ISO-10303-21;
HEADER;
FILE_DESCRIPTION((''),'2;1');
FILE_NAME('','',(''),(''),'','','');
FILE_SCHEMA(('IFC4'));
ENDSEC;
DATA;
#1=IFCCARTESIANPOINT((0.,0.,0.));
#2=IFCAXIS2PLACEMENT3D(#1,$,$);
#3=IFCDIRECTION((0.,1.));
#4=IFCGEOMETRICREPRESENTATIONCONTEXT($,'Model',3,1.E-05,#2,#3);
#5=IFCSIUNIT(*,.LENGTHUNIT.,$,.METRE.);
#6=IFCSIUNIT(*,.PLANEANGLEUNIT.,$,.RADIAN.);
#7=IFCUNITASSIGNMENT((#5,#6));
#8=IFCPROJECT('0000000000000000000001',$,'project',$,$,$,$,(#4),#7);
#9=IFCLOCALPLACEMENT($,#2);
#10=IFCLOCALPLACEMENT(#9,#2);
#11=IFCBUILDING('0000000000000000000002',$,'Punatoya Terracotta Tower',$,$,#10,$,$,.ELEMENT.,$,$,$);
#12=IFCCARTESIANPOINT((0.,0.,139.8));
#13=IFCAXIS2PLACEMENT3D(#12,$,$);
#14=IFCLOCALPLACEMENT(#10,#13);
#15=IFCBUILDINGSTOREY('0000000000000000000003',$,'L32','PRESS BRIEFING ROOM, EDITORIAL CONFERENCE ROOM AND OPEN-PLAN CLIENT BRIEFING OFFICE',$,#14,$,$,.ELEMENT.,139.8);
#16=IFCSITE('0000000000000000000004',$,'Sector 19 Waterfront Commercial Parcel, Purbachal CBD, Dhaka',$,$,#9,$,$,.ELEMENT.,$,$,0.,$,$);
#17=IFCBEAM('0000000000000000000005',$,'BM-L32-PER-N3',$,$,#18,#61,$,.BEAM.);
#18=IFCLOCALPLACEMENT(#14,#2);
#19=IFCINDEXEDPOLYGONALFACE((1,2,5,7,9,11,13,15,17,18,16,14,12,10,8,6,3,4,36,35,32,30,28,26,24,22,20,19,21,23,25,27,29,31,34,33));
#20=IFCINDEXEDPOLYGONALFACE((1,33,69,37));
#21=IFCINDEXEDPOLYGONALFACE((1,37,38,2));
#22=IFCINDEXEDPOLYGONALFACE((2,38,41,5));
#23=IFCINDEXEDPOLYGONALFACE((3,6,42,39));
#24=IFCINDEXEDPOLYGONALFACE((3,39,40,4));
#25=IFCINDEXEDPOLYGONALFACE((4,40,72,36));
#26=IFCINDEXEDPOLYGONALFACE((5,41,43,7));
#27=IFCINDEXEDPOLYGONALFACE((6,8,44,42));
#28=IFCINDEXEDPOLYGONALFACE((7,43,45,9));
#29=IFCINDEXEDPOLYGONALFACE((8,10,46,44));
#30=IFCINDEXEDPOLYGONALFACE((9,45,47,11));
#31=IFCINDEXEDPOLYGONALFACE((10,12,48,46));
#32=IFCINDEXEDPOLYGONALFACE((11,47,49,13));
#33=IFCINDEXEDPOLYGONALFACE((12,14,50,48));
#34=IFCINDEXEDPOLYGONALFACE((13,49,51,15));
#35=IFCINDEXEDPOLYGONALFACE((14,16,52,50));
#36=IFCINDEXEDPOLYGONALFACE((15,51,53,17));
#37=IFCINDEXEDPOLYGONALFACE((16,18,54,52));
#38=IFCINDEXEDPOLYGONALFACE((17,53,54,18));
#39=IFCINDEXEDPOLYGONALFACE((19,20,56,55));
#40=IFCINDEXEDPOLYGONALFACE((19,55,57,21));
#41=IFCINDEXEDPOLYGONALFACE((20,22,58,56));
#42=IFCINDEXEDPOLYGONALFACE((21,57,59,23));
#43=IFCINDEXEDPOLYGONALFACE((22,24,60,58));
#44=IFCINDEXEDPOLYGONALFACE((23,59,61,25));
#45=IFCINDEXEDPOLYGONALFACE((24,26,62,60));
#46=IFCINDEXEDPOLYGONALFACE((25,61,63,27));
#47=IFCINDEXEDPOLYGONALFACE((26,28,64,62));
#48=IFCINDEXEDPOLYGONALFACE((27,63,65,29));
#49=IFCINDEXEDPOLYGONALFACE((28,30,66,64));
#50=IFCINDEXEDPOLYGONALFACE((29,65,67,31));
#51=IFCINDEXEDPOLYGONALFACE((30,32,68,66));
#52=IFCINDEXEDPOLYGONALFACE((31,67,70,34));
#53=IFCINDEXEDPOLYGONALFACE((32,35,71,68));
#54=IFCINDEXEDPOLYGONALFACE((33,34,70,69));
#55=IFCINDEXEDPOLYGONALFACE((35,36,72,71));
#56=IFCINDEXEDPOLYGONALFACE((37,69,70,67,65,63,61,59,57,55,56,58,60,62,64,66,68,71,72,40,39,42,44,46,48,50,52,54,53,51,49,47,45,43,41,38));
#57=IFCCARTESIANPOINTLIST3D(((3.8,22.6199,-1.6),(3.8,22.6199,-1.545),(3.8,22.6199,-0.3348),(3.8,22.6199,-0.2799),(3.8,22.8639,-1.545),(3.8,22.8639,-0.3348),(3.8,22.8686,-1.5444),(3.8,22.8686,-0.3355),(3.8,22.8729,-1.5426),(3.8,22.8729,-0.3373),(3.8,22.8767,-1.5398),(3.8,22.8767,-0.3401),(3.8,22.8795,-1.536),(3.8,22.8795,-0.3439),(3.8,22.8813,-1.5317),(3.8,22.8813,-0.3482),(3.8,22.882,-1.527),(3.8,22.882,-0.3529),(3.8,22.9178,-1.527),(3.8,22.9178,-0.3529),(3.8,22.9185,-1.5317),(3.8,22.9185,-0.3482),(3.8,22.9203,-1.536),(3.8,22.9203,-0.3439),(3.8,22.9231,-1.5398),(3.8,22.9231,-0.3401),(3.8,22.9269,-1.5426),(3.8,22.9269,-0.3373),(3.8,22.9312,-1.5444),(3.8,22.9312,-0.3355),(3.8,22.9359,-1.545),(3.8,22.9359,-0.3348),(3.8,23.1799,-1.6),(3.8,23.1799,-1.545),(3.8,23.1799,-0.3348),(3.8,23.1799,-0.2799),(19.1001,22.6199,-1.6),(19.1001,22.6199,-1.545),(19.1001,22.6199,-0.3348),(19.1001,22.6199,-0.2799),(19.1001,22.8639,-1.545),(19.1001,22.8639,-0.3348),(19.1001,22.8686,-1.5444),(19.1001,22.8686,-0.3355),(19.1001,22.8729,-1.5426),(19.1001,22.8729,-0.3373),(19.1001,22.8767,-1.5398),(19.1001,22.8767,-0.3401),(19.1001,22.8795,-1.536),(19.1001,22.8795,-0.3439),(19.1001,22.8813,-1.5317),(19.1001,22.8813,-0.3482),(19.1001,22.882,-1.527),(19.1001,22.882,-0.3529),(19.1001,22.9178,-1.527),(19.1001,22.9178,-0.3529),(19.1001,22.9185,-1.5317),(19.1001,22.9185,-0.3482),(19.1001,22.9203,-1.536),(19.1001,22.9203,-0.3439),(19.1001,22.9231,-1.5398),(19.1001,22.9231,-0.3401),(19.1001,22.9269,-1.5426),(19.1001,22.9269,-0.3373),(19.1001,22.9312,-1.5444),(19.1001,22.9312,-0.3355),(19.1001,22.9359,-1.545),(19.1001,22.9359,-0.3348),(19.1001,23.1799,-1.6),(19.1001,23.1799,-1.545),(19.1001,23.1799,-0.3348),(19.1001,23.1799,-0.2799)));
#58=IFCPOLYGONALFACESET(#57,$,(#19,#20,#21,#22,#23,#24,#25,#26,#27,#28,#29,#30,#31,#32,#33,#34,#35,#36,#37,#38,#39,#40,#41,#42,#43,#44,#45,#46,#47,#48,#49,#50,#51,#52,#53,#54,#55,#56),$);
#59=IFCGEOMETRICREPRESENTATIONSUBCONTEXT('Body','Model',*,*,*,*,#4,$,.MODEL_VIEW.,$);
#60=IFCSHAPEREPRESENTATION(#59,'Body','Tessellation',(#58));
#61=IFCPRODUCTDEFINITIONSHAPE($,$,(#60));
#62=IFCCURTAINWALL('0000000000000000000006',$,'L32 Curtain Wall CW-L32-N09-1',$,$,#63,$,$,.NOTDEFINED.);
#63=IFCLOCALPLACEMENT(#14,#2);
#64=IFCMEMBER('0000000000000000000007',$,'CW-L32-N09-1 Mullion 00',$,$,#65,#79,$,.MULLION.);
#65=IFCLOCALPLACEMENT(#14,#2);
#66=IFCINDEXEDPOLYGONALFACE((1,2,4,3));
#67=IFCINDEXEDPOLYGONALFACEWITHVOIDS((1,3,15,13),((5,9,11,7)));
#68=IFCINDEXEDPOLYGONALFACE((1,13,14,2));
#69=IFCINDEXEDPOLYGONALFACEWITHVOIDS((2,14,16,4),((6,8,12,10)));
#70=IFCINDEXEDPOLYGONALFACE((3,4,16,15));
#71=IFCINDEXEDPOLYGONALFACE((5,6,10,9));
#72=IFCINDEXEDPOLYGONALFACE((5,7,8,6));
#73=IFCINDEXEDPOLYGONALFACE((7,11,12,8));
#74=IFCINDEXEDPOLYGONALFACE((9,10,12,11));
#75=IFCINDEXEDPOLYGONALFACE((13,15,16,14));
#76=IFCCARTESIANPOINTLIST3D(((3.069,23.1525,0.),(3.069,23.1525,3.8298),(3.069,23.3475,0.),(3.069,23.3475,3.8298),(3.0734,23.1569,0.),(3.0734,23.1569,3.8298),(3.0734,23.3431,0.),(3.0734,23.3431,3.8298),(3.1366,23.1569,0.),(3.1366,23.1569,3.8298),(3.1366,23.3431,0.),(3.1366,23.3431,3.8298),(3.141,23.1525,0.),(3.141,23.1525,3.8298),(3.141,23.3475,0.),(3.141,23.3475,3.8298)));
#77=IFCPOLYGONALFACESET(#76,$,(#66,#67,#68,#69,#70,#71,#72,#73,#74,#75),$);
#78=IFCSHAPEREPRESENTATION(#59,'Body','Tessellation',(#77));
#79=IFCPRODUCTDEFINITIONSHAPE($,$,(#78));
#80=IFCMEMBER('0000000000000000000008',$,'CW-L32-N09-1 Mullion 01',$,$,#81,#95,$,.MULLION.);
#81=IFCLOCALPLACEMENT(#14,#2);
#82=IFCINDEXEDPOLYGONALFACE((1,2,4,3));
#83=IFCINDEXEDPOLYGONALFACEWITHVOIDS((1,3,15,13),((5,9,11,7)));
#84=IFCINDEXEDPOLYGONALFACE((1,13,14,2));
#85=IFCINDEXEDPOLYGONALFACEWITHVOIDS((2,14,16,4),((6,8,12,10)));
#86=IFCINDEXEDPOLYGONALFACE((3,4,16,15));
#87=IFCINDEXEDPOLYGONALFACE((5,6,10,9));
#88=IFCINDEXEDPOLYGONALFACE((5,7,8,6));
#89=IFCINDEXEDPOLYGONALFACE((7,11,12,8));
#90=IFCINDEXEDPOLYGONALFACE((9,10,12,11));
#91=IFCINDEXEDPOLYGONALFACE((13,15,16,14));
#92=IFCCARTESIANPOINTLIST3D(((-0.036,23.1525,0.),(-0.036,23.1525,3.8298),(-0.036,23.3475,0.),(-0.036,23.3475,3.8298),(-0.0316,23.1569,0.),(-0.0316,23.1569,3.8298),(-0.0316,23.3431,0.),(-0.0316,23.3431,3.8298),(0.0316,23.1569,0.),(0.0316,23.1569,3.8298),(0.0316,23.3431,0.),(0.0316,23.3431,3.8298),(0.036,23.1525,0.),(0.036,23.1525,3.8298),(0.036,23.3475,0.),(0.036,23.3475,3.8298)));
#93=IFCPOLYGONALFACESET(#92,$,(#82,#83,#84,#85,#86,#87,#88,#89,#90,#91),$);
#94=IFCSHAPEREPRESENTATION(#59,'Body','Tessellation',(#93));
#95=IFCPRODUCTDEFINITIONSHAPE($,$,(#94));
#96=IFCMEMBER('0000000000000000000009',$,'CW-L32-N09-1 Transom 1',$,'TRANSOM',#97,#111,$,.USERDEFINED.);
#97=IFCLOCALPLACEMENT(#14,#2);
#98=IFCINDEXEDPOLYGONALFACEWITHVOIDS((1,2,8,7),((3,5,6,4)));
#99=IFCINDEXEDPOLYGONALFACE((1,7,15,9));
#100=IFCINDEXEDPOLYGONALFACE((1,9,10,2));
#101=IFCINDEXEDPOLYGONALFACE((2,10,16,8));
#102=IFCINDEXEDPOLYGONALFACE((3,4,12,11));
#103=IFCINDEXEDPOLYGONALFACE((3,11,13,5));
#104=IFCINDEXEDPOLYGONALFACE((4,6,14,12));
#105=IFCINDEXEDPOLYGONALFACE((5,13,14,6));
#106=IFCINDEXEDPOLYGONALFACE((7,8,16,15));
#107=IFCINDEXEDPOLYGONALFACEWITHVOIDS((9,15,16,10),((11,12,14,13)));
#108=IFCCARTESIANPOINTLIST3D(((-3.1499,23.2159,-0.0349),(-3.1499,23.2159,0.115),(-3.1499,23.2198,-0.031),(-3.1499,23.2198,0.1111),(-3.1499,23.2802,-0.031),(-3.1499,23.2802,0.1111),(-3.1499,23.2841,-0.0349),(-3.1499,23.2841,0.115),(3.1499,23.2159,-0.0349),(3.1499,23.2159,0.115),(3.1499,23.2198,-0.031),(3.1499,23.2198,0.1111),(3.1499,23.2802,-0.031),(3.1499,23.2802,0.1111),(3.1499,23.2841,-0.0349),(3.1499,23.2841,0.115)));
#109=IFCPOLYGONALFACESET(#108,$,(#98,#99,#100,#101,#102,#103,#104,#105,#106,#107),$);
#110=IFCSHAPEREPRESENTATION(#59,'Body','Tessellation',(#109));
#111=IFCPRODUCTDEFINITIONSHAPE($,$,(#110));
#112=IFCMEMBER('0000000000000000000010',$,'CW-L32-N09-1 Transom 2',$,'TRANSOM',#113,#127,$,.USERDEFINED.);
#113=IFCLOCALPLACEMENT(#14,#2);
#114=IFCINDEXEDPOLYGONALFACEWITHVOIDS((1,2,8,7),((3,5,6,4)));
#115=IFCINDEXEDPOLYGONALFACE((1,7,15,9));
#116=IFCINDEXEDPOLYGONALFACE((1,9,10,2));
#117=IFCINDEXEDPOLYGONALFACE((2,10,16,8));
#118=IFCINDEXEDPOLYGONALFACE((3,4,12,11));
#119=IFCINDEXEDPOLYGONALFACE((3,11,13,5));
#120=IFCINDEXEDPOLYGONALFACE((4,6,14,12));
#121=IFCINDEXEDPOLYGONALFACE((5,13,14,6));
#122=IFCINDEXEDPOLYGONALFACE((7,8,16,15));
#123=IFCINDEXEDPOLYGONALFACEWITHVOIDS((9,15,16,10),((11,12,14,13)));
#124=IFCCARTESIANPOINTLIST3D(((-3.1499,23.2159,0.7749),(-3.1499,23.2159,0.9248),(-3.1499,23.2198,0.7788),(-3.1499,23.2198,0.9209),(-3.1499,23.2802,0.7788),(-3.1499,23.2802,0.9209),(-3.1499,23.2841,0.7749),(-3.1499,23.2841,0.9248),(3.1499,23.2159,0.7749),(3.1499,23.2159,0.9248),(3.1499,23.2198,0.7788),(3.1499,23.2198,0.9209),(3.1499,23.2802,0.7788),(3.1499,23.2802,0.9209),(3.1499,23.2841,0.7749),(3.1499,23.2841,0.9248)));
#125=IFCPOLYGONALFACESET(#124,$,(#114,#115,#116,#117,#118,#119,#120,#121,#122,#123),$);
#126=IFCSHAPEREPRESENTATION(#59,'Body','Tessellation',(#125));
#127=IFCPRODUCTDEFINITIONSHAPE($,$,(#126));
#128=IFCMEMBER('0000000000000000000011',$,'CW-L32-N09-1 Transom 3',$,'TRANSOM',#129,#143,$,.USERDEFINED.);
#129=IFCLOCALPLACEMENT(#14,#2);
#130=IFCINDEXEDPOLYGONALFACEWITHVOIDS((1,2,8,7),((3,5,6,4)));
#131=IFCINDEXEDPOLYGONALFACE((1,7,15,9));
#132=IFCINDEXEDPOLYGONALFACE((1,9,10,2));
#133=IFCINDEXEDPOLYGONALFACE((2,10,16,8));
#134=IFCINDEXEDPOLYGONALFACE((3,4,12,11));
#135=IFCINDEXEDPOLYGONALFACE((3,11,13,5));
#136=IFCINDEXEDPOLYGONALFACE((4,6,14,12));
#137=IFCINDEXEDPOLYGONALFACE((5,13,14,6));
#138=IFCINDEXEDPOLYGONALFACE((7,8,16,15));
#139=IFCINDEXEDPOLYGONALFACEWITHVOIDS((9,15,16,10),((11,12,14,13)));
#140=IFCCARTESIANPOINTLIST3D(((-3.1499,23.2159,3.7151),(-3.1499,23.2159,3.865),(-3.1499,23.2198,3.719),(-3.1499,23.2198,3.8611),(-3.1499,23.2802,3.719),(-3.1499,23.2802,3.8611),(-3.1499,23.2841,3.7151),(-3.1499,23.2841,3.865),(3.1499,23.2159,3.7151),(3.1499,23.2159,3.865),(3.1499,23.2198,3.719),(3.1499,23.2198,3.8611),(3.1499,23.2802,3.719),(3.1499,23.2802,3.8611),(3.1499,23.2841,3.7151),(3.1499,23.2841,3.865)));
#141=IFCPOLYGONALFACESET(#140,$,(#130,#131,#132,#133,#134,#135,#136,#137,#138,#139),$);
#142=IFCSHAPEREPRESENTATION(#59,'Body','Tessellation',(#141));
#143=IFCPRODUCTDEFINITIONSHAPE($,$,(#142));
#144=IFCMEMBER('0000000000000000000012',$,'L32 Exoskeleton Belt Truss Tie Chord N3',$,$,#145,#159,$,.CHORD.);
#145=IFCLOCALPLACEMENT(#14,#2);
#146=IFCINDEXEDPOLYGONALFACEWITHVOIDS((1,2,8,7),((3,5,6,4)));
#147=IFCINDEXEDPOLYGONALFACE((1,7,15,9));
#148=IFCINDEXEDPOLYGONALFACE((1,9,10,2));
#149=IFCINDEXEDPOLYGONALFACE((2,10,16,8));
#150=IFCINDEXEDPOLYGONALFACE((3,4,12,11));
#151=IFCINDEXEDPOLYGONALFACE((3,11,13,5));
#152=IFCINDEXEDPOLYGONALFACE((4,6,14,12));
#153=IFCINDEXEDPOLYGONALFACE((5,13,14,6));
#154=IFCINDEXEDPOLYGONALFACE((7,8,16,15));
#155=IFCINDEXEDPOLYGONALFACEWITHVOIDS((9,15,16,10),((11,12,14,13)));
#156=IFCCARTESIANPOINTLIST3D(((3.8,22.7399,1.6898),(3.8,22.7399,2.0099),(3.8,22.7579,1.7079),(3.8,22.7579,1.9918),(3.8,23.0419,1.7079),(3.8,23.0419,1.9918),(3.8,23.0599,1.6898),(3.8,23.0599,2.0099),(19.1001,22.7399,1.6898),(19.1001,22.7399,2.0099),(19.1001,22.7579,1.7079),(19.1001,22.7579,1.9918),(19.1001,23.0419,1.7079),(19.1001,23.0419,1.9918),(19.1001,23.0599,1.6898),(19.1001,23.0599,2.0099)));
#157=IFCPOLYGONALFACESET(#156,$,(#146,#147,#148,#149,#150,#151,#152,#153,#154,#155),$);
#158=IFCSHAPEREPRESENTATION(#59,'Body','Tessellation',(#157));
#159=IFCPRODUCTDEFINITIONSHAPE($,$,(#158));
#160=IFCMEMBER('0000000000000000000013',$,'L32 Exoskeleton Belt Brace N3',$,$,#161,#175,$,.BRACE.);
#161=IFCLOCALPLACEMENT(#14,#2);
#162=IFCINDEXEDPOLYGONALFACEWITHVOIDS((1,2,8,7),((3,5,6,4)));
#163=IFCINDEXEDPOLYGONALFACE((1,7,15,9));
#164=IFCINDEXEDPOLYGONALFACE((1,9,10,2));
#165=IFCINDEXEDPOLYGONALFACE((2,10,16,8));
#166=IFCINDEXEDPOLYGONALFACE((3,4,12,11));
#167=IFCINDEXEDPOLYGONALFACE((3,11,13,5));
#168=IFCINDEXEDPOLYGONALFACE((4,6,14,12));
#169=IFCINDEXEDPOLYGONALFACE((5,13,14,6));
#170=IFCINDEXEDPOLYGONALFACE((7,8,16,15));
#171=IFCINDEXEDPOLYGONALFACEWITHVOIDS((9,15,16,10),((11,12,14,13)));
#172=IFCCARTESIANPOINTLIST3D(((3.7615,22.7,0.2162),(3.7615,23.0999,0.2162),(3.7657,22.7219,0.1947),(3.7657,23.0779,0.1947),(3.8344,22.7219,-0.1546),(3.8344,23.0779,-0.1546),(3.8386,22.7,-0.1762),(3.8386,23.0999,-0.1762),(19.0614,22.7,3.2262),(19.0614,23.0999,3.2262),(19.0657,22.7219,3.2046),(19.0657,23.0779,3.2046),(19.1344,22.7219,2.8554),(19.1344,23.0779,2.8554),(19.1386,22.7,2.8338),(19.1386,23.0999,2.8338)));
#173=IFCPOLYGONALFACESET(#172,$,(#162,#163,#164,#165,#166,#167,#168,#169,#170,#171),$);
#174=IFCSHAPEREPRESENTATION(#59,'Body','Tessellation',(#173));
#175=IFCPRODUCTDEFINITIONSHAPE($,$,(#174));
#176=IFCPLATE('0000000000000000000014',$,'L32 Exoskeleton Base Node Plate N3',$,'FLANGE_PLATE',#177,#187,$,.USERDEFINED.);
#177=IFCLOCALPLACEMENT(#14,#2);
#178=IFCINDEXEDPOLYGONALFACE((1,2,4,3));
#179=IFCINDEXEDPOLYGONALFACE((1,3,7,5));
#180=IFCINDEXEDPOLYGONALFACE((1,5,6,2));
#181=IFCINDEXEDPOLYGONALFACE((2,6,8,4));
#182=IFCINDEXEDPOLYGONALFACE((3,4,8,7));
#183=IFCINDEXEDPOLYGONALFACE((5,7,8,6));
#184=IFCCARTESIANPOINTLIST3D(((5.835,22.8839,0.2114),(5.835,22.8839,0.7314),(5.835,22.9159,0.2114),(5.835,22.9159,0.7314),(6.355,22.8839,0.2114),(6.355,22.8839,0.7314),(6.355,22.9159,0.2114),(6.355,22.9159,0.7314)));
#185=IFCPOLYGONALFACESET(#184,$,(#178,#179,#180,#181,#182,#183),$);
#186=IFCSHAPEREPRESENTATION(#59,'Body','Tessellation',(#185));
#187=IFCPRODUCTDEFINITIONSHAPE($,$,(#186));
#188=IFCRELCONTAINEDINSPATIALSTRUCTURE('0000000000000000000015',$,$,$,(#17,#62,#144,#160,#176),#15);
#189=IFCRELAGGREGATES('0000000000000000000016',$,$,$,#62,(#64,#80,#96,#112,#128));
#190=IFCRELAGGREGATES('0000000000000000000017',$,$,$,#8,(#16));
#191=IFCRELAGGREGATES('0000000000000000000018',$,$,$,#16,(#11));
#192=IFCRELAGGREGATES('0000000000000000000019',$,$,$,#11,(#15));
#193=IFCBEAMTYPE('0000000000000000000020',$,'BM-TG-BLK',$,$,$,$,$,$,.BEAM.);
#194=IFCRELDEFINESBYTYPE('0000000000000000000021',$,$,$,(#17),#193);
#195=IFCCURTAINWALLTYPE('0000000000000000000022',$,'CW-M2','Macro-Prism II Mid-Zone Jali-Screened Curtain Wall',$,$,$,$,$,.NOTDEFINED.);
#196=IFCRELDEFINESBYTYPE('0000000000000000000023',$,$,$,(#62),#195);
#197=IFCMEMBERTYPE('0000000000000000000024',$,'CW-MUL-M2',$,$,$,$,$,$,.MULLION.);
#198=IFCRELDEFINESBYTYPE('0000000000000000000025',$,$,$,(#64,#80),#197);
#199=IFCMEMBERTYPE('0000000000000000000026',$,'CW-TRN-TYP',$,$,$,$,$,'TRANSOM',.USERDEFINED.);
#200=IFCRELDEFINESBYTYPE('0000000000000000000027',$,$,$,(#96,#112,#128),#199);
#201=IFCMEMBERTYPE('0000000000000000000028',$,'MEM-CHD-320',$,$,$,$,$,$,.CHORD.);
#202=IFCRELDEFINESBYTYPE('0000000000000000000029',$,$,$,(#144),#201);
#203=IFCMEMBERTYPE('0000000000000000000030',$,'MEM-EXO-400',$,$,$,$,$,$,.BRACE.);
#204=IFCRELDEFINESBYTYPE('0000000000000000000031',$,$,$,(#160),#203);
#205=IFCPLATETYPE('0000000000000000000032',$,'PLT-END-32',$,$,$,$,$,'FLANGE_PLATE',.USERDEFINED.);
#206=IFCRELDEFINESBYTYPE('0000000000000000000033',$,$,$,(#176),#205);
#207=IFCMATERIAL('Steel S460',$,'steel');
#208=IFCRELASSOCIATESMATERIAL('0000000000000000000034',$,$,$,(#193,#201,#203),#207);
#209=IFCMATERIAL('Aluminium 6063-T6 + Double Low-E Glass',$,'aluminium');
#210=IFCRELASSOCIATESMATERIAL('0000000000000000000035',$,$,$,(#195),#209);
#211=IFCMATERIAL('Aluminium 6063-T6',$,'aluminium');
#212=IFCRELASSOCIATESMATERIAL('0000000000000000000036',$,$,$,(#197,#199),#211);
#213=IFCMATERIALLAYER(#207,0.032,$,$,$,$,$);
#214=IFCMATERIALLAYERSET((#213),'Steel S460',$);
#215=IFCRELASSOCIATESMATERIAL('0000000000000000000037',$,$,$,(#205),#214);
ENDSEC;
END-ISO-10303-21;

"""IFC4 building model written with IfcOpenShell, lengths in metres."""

from ifc_helpers import new_model, si_unit, direction, frame, origin, origin_2d, place, context, subcontext, project, spatial, rectangle, hollow_rectangle, i_section, extrude, material, layer, layer_set, material_profile, profile_set, type_object, element, aggregate, save


model = new_model("IFC4")

# Units and contexts
model_context = context("Model", 3, precision=1e-05, world=origin(), true_north=direction((0.0, 1.0)))
body_context = subcontext(model_context, "Body", "Model", "MODEL_VIEW")
ifc_project = project(units=[si_unit("LENGTHUNIT", "METRE"), si_unit("PLANEANGLEUNIT", "RADIAN")], contexts=[model_context])

# Site, building, storey
site_placement = place(None, origin())
site = spatial("IfcSite", under=ifc_project, at=site_placement, Name="Sector 19 Waterfront Commercial Parcel, Purbachal CBD, Dhaka", CompositionType="ELEMENT", RefElevation=0.0)
building_placement = place(site_placement, origin())
building = spatial("IfcBuilding", under=site, at=building_placement, Name="Punatoya Terracotta Tower", CompositionType="ELEMENT")
storey_placement = place(building_placement, frame((0.0, 0.0, 139.8)))
storey = spatial("IfcBuildingStorey", under=building, at=storey_placement, Name="L32", Description="PRESS BRIEFING ROOM, EDITORIAL CONFERENCE ROOM AND OPEN-PLAN CLIENT BRIEFING OFFICE", CompositionType="ELEMENT", Elevation=139.8)

# Shared definitions
ifc_material_1 = material(Name="Steel S460", Category="steel")

# Beam
ifc_material_profile_1 = material_profile(ifc_material_1, i_section(OverallWidth=0.5601, OverallDepth=1.3201, WebThickness=0.0359, FlangeThickness=0.0549, FilletRadius=0.0181, at=origin_2d()))
ifc_profile_set_1 = profile_set([ifc_material_profile_1], Name="Steel S460")
beam_type = type_object("IfcBeamType", Name="BM-TG-BLK", PredefinedType="BEAM", material=ifc_profile_set_1)
beam_1_placement = place(storey_placement, frame((3.8, 22.8999, -0.9399), z_axis=(1.0, 0.0, 0.0), x_axis=(0.0, 1.0, 0.0)))
element("IfcBeam", 1, at=beam_1_placement, inside=storey, type_object=beam_type, Name="BM-L32-PER-N3", PredefinedType="BEAM", context=body_context, shape_type="SweptSolid", body=[
    extrude(i_section(OverallWidth=0.5601, OverallDepth=1.3201, WebThickness=0.0359, FlangeThickness=0.0549, FilletRadius=0.0181, at=origin_2d()), origin(), (0.0, 0.0, 1.0), 15.3),
])

# Curtain wall, members
ifc_material_2 = material(Name="Aluminium 6063-T6 + Double Low-E Glass", Category="aluminium")
curtain_wall_type = type_object("IfcCurtainWallType", Name="CW-M2", Description="Macro-Prism II Mid-Zone Jali-Screened Curtain Wall", PredefinedType="NOTDEFINED", material=ifc_material_2)
curtain_wall_placement = place(storey_placement, origin())
curtain_wall = element("IfcCurtainWall", 2, at=curtain_wall_placement, inside=storey, type_object=curtain_wall_type, Name="L32 Curtain Wall CW-L32-N09-1", PredefinedType="NOTDEFINED")
ifc_material_3 = material(Name="Aluminium 6063-T6", Category="aluminium")
ifc_material_profile_2 = material_profile(ifc_material_3, hollow_rectangle(XDim=0.072, YDim=0.1951, WallThickness=0.0044, at=origin_2d()))
ifc_profile_set_2 = profile_set([ifc_material_profile_2], Name="Aluminium 6063-T6")
member_type_1 = type_object("IfcMemberType", Name="CW-MUL-M2", PredefinedType="MULLION", material=ifc_profile_set_2)
member_1_placement = place(storey_placement, frame((3.105, 23.25, 0.0), z_axis=(0.0, 0.0, 1.0), x_axis=(1.0, 0.0, 0.0)))
member_1 = element("IfcMember", 3, at=member_1_placement, type_object=member_type_1, Name="CW-L32-N09-1 Mullion 00", PredefinedType="MULLION", context=body_context, shape_type="SweptSolid", body=[
    extrude(hollow_rectangle(XDim=0.072, YDim=0.1951, WallThickness=0.0044, at=origin_2d()), origin(), (0.0, 0.0, 1.0), 3.8298),
])
member_2_placement = place(storey_placement, frame((0.0, 23.25, 0.0), z_axis=(0.0, 0.0, 1.0), x_axis=(1.0, 0.0, 0.0)))
member_2 = element("IfcMember", 4, at=member_2_placement, type_object=member_type_1, Name="CW-L32-N09-1 Mullion 01", PredefinedType="MULLION", context=body_context, shape_type="SweptSolid", body=[
    extrude(hollow_rectangle(XDim=0.072, YDim=0.1951, WallThickness=0.0044, at=origin_2d()), origin(), (0.0, 0.0, 1.0), 3.8298),
])
ifc_material_profile_3 = material_profile(ifc_material_3, hollow_rectangle(XDim=0.0681, YDim=0.1499, WallThickness=0.0039, at=origin_2d()))
ifc_profile_set_3 = profile_set([ifc_material_profile_3], Name="Aluminium 6063-T6")
member_type_2 = type_object("IfcMemberType", Name="CW-TRN-TYP", ElementType="TRANSOM", PredefinedType="USERDEFINED", material=ifc_profile_set_3)
member_3_placement = place(storey_placement, frame((3.1499, 23.25, 0.04), z_axis=(-1.0, 0.0, 0.0), x_axis=(0.0, -1.0, 0.0)))
member_3 = element("IfcMember", 5, at=member_3_placement, type_object=member_type_2, Name="CW-L32-N09-1 Transom 1", ObjectType="TRANSOM", PredefinedType="USERDEFINED", context=body_context, shape_type="SweptSolid", body=[
    extrude(hollow_rectangle(XDim=0.0681, YDim=0.1499, WallThickness=0.0039, at=origin_2d()), origin(), (0.0, 0.0, 1.0), 6.2998),
])
member_4_placement = place(storey_placement, frame((3.1499, 23.25, 0.8499), z_axis=(-1.0, 0.0, 0.0), x_axis=(0.0, -1.0, 0.0)))
member_4 = element("IfcMember", 6, at=member_4_placement, type_object=member_type_2, Name="CW-L32-N09-1 Transom 2", ObjectType="TRANSOM", PredefinedType="USERDEFINED", context=body_context, shape_type="SweptSolid", body=[
    extrude(hollow_rectangle(XDim=0.0681, YDim=0.1499, WallThickness=0.0039, at=origin_2d()), origin(), (0.0, 0.0, 1.0), 6.2998),
])
member_5_placement = place(storey_placement, frame((3.1499, 23.25, 3.79), z_axis=(-1.0, 0.0, 0.0), x_axis=(0.0, -1.0, 0.0)))
member_5 = element("IfcMember", 7, at=member_5_placement, type_object=member_type_2, Name="CW-L32-N09-1 Transom 3", ObjectType="TRANSOM", PredefinedType="USERDEFINED", context=body_context, shape_type="SweptSolid", body=[
    extrude(hollow_rectangle(XDim=0.0681, YDim=0.1499, WallThickness=0.0039, at=origin_2d()), origin(), (0.0, 0.0, 1.0), 6.2998),
])

# Members
ifc_material_profile_4 = material_profile(ifc_material_1, hollow_rectangle(XDim=0.3201, YDim=0.3201, WallThickness=0.0181, at=origin_2d()))
ifc_profile_set_4 = profile_set([ifc_material_profile_4], Name="Steel S460")
member_type_3 = type_object("IfcMemberType", Name="MEM-CHD-320", PredefinedType="CHORD", material=ifc_profile_set_4)
member_6_placement = place(storey_placement, frame((3.8, 22.8999, 1.8499), z_axis=(1.0, 0.0, 0.0), x_axis=(0.0, 1.0, 0.0)))
element("IfcMember", 8, at=member_6_placement, inside=storey, type_object=member_type_3, Name="L32 Exoskeleton Belt Truss Tie Chord N3", PredefinedType="CHORD", context=body_context, shape_type="SweptSolid", body=[
    extrude(hollow_rectangle(XDim=0.3201, YDim=0.3201, WallThickness=0.0181, at=origin_2d()), origin(), (0.0, 0.0, 1.0), 15.3),
])
ifc_material_profile_5 = material_profile(ifc_material_1, hollow_rectangle(XDim=0.3999, YDim=0.3999, WallThickness=0.022, at=origin_2d()))
ifc_profile_set_5 = profile_set([ifc_material_profile_5], Name="Steel S460")
member_type_4 = type_object("IfcMemberType", Name="MEM-EXO-400", PredefinedType="BRACE", material=ifc_profile_set_5)
member_7_placement = place(storey_placement, frame((3.8, 22.8999, 0.02), z_axis=(0.981192, 0.0, 0.193032), x_axis=(0.0, 1.0, 0.0)))
element("IfcMember", 9, at=member_7_placement, inside=storey, type_object=member_type_4, Name="L32 Exoskeleton Belt Brace N3", PredefinedType="BRACE", context=body_context, shape_type="SweptSolid", body=[
    extrude(hollow_rectangle(XDim=0.3999, YDim=0.3999, WallThickness=0.022, at=origin_2d()), origin(), (0.0, 0.0, 1.0), 15.5933),
])

# Plate
ifc_layer_1 = layer(ifc_material_1, 0.032)
ifc_layer_set_1 = layer_set([ifc_layer_1], Name="Steel S460")
plate_type_1 = type_object("IfcPlateType", Name="PLT-END-32", ElementType="FLANGE_PLATE", PredefinedType="USERDEFINED", material=ifc_layer_set_1)
plate_1_placement = place(storey_placement, frame((6.095, 22.8999, 0.2114), z_axis=(0.0, 0.0, 1.0), x_axis=(1.0, 0.0, 0.0)))
element("IfcPlate", 10, at=plate_1_placement, inside=storey, type_object=plate_type_1, Name="L32 Exoskeleton Base Node Plate N3", ObjectType="FLANGE_PLATE", PredefinedType="USERDEFINED", context=body_context, shape_type="SweptSolid", body=[
    extrude(rectangle(XDim=0.52, YDim=0.032, at=origin_2d()), origin(), (0.0, 0.0, 1.0), 0.52),
])
aggregate(curtain_wall, [member_1, member_2, member_3, member_4, member_5])

save(model, "model.ifc")
